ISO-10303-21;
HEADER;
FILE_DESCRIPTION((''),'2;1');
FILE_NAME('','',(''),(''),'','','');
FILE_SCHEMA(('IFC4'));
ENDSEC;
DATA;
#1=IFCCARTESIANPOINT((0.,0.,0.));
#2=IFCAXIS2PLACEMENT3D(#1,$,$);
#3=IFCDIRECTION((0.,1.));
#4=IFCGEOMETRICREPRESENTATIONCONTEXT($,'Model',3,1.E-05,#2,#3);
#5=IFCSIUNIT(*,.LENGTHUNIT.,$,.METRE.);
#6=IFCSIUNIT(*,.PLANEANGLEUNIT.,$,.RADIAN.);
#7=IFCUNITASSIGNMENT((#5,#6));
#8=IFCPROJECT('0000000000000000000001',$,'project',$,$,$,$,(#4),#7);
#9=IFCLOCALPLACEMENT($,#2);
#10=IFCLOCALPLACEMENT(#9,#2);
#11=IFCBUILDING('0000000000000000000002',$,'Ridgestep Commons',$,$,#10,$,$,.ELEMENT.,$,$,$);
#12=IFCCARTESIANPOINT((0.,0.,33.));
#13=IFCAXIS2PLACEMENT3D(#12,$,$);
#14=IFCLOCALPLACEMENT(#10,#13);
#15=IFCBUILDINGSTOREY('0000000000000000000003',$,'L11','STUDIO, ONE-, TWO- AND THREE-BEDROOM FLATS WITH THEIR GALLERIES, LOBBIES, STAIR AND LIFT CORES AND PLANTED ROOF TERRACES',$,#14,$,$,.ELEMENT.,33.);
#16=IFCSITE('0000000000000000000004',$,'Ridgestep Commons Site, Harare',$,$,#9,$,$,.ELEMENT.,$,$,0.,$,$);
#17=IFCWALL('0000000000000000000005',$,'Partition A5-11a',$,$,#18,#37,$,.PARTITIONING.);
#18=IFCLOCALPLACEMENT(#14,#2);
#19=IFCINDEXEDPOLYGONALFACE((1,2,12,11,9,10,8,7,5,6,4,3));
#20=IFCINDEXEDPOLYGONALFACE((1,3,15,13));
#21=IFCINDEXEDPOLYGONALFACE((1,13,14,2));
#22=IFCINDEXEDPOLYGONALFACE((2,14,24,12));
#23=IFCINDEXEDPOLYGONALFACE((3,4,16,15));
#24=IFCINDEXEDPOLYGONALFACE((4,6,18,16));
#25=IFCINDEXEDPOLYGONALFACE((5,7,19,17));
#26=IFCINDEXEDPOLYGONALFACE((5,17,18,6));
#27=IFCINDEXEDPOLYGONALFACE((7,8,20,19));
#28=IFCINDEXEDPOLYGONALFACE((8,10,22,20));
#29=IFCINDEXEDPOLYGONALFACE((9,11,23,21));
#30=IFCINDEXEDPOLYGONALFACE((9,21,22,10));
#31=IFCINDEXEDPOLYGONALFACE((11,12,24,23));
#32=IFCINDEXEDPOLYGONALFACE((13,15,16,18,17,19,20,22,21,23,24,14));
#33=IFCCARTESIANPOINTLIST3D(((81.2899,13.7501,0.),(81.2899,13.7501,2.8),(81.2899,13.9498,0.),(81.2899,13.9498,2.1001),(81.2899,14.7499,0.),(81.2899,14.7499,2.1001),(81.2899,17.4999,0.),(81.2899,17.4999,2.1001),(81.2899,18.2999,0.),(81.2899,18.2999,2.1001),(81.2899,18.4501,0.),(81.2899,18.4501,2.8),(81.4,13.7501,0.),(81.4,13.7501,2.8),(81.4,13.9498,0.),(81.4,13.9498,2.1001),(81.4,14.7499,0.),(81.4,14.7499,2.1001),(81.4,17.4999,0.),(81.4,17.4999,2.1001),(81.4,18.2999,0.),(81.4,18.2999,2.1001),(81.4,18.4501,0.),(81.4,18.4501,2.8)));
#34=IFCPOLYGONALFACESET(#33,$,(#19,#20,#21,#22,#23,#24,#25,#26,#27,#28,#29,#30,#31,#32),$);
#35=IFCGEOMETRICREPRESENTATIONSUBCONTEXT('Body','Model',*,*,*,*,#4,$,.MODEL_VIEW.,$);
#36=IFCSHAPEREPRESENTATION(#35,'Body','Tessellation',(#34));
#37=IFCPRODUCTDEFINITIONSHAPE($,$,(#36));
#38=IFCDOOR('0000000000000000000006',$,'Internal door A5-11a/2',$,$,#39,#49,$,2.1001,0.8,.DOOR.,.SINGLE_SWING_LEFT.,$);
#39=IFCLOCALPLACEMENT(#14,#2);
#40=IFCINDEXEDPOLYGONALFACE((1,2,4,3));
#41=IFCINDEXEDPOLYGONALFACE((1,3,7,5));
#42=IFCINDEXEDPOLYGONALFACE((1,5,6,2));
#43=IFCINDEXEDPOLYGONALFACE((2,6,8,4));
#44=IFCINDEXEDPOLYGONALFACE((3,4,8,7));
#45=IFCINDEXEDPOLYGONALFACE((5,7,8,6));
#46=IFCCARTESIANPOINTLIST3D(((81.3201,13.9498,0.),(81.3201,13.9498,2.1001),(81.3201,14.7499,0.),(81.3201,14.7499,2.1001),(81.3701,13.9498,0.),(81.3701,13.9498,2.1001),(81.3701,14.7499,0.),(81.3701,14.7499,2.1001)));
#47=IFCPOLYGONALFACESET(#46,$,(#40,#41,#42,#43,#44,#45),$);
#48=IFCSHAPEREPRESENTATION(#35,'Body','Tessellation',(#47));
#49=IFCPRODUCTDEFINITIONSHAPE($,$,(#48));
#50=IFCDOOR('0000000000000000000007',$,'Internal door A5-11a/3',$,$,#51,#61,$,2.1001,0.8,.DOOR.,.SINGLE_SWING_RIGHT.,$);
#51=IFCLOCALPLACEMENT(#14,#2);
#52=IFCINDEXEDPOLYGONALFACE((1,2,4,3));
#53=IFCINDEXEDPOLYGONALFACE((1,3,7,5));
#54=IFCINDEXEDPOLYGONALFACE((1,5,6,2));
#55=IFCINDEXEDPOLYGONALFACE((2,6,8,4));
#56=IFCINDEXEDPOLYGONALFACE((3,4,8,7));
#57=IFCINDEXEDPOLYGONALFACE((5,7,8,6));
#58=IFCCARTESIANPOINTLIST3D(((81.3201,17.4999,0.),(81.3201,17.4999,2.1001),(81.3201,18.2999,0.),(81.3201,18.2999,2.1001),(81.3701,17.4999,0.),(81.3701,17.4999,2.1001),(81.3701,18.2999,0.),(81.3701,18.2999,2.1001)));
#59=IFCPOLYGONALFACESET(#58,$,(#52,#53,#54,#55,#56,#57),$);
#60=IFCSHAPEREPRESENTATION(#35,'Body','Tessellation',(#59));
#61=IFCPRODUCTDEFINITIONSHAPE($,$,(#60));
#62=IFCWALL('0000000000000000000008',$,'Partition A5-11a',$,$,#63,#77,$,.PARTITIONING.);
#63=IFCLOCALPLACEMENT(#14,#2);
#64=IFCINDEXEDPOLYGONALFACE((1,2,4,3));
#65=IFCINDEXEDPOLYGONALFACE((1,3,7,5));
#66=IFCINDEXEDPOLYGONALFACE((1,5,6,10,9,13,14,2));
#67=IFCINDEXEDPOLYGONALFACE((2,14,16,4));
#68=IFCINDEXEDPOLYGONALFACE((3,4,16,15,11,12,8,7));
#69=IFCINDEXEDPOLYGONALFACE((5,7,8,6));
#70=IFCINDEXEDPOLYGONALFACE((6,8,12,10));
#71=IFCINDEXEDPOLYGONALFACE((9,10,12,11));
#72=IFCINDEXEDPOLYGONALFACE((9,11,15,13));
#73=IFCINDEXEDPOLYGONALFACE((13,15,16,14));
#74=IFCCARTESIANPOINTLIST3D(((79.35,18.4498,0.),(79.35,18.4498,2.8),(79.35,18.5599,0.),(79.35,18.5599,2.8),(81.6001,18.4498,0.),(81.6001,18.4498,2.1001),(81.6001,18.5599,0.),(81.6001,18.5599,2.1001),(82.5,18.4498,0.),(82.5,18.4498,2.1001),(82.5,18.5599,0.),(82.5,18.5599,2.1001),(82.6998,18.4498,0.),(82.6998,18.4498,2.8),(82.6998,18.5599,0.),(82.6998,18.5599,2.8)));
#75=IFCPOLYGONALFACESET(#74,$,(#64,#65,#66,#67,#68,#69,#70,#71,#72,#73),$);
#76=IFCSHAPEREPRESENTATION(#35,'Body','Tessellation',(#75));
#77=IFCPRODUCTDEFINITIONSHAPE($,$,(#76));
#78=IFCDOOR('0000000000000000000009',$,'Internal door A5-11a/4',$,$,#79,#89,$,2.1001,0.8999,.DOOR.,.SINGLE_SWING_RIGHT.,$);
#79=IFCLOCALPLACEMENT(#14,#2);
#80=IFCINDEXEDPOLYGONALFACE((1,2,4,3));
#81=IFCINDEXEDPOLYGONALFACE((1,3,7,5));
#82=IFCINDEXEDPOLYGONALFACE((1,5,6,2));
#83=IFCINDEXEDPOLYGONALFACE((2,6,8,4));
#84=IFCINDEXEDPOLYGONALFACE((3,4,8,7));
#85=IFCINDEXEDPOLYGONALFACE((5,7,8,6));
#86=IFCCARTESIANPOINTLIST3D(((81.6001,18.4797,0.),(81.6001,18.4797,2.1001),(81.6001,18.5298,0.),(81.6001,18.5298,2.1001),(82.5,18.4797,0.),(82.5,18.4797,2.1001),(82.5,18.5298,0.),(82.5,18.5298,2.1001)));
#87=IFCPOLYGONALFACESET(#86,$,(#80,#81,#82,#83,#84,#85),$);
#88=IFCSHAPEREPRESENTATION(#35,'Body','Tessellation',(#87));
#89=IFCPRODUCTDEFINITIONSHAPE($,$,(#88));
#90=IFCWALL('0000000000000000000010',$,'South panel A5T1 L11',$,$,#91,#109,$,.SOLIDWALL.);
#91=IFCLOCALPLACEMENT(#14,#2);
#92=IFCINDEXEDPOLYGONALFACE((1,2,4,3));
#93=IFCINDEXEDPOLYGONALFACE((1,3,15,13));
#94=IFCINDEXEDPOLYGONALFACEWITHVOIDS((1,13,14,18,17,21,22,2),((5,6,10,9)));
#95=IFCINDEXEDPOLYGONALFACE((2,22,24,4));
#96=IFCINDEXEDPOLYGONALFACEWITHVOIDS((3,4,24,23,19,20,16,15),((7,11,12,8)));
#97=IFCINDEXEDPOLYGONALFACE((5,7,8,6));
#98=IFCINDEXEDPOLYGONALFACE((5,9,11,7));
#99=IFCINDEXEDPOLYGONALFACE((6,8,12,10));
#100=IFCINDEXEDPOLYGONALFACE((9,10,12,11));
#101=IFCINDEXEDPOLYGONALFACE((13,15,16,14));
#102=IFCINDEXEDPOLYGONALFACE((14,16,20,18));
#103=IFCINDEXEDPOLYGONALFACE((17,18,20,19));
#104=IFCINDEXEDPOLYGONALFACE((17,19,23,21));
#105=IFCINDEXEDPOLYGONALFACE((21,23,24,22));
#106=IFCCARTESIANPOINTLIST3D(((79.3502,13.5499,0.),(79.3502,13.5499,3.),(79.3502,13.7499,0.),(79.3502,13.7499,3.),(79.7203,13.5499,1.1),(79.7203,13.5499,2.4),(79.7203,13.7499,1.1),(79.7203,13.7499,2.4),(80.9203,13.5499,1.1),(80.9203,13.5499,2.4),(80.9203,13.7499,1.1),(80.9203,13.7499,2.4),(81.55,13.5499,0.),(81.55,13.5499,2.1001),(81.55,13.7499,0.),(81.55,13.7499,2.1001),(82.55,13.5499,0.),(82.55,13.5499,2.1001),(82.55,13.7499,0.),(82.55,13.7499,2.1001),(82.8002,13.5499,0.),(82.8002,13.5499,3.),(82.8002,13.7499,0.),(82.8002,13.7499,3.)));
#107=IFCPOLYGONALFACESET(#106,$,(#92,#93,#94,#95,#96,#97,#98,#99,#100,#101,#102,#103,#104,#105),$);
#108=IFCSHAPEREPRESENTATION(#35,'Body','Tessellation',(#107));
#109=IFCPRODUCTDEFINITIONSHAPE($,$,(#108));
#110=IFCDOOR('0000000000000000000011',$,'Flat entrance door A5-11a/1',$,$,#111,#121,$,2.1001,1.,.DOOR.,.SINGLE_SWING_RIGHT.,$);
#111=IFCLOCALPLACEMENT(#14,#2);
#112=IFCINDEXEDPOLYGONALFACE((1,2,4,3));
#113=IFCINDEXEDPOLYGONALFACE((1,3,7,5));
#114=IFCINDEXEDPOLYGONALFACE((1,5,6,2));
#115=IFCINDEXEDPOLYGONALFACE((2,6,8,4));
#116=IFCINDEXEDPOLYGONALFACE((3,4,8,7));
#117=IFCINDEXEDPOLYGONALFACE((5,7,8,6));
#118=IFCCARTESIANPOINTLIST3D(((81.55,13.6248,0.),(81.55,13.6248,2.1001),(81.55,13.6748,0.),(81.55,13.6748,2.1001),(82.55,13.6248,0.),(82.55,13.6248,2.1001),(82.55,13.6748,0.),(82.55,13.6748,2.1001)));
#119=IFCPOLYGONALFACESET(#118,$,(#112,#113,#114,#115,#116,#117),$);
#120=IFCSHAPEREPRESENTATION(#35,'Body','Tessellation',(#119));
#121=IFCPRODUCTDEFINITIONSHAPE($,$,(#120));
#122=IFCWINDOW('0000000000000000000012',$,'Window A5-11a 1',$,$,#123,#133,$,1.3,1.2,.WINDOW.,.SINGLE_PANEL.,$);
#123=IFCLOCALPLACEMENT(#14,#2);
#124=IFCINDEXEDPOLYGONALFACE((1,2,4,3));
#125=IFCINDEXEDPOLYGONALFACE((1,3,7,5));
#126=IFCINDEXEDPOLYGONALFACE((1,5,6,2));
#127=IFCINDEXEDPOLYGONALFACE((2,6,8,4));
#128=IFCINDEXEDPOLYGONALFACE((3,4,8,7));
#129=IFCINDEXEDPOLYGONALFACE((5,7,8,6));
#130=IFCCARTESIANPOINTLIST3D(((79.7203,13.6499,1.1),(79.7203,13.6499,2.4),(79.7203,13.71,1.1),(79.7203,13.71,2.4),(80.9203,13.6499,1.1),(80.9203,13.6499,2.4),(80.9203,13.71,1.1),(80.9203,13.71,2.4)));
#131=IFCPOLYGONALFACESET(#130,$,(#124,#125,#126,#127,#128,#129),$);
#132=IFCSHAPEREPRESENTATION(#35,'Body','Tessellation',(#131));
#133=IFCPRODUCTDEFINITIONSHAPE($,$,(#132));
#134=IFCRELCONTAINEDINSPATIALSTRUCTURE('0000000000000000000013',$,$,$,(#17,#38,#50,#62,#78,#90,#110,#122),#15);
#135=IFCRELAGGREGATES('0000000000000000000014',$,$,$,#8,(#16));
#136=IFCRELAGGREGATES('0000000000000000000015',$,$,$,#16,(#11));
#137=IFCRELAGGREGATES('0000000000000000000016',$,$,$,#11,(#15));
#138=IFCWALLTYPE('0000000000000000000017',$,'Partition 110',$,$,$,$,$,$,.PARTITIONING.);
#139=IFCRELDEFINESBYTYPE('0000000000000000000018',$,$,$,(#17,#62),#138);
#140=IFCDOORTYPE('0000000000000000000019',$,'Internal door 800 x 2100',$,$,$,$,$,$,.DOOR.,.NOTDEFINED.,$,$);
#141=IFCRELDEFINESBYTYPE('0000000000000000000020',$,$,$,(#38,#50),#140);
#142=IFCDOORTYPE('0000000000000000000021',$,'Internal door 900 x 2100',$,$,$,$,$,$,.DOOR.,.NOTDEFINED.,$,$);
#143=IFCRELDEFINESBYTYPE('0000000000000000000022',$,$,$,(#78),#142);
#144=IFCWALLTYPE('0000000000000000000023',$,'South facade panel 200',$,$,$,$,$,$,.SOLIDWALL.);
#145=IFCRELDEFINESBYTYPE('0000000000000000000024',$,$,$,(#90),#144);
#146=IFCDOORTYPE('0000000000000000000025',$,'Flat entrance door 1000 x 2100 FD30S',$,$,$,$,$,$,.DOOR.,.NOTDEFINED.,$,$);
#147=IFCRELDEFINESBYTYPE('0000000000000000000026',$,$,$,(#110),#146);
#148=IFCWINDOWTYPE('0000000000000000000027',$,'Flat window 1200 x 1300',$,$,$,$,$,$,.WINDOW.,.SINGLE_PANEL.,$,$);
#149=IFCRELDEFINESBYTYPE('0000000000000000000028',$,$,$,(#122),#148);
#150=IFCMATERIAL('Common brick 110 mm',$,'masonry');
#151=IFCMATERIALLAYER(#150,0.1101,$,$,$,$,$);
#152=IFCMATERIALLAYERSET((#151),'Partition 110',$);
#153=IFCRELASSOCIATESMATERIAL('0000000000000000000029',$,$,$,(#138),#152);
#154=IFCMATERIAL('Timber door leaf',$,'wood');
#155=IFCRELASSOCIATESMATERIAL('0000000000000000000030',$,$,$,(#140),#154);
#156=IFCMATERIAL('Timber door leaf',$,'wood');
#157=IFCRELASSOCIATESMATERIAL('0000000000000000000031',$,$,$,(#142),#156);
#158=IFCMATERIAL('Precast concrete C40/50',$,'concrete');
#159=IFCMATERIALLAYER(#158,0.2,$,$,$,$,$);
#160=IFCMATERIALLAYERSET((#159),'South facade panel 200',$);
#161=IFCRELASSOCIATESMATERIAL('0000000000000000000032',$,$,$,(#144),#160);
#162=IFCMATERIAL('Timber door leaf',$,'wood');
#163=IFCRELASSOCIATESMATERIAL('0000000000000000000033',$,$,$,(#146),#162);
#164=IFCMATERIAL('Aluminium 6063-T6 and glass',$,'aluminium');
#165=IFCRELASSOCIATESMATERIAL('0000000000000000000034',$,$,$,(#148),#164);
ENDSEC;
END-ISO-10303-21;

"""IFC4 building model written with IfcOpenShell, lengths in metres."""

from ifc_helpers import new_model, si_unit, direction, frame, frame_2d, origin, place, context, subcontext, project, spatial, rectangle, extrude, material, layer, layer_set, type_object, element, fill, save


model = new_model("IFC4")

# Units and contexts
model_context = context("Model", 3, precision=1e-05, world=origin(), true_north=direction((0.0, 1.0)))
body_context = subcontext(model_context, "Body", "Model", "MODEL_VIEW")
ifc_project = project(units=[si_unit("LENGTHUNIT", "METRE"), si_unit("PLANEANGLEUNIT", "RADIAN")], contexts=[model_context])

# Site, building, storey
site_placement = place(None, origin())
site = spatial("IfcSite", under=ifc_project, at=site_placement, Name="Ridgestep Commons Site, Harare", CompositionType="ELEMENT", RefElevation=0.0)
building_placement = place(site_placement, origin())
building = spatial("IfcBuilding", under=site, at=building_placement, Name="Ridgestep Commons", CompositionType="ELEMENT")
storey_placement = place(building_placement, frame((0.0, 0.0, 33.0)))
storey = spatial("IfcBuildingStorey", under=building, at=storey_placement, Name="L11", Description="STUDIO, ONE-, TWO- AND THREE-BEDROOM FLATS WITH THEIR GALLERIES, LOBBIES, STAIR AND LIFT CORES AND PLANTED ROOF TERRACES", CompositionType="ELEMENT", Elevation=33.0)

# Shared definitions
ifc_material_1 = material(Name="Common brick 110 mm", Category="masonry")
ifc_layer_1 = layer(ifc_material_1, 0.1101)
ifc_layer_set_1 = layer_set([ifc_layer_1], Name="Partition 110")
wall_type_1 = type_object("IfcWallType", Name="Partition 110", PredefinedType="PARTITIONING", material=ifc_layer_set_1)

# Wall, openings, doors
wall_1_placement = place(storey_placement, frame((81.345, 13.75, 0.0), z_axis=(0.0, 0.0, 1.0), x_axis=(0.0, 1.0, 0.0)))
wall_1 = element("IfcWall", 1, at=wall_1_placement, inside=storey, type_object=wall_type_1, Name="Partition A5-11a", PredefinedType="PARTITIONING", context=body_context, shape_type="SweptSolid", body=[
    extrude(rectangle(XDim=4.7, YDim=0.1101, at=frame_2d((2.3501, 0.0))), origin(), (0.0, 0.0, 1.0), 2.8),
])
opening_1_placement = place(wall_1_placement, frame((0.2, 0.0, 0.0)))
opening_1 = element("IfcOpeningElement", 2, at=opening_1_placement, cuts=wall_1, PredefinedType="OPENING", context=body_context, shape_type="SweptSolid", body=[
    extrude(rectangle(XDim=0.8, YDim=2.1001, at=frame_2d((0.3999, 1.05))), frame((0.0, 0.0649, 0.0), z_axis=(0.0, -1.0, 0.0), x_axis=(1.0, 0.0, 0.0)), (0.0, 0.0, 1.0), 0.1301),
])
opening_2_placement = place(wall_1_placement, frame((3.75, 0.0, 0.0)))
opening_2 = element("IfcOpeningElement", 3, at=opening_2_placement, cuts=wall_1, PredefinedType="OPENING", context=body_context, shape_type="SweptSolid", body=[
    extrude(rectangle(XDim=0.8, YDim=2.1001, at=frame_2d((0.3999, 1.05))), frame((0.0, 0.0649, 0.0), z_axis=(0.0, -1.0, 0.0), x_axis=(1.0, 0.0, 0.0)), (0.0, 0.0, 1.0), 0.1301),
])
ifc_material_2 = material(Name="Timber door leaf", Category="wood")
door_type_1 = type_object("IfcDoorType", Name="Internal door 800 x 2100", OperationType="NOTDEFINED", PredefinedType="DOOR", material=ifc_material_2)
door_1_placement = place(opening_1_placement, origin())
door_1 = element("IfcDoor", 4, at=door_1_placement, inside=storey, type_object=door_type_1, Name="Internal door A5-11a/2", OperationType="SINGLE_SWING_LEFT", OverallHeight=2.1001, OverallWidth=0.8, PredefinedType="DOOR", context=body_context, shape_type="SweptSolid", body=[
    extrude(rectangle(XDim=0.8, YDim=2.1001, at=frame_2d((0.3999, 1.05))), frame((0.0, 0.0249, 0.0), z_axis=(0.0, -1.0, 0.0), x_axis=(1.0, 0.0, 0.0)), (0.0, 0.0, 1.0), 0.05),
])
fill(opening_1, door_1)
door_2_placement = place(opening_2_placement, origin())
door_2 = element("IfcDoor", 5, at=door_2_placement, inside=storey, type_object=door_type_1, Name="Internal door A5-11a/3", OperationType="SINGLE_SWING_RIGHT", OverallHeight=2.1001, OverallWidth=0.8, PredefinedType="DOOR", context=body_context, shape_type="SweptSolid", body=[
    extrude(rectangle(XDim=0.8, YDim=2.1001, at=frame_2d((0.3999, 1.05))), frame((0.0, 0.0249, 0.0), z_axis=(0.0, -1.0, 0.0), x_axis=(1.0, 0.0, 0.0)), (0.0, 0.0, 1.0), 0.05),
])
fill(opening_2, door_2)

# Wall, opening, door
wall_2_placement = place(storey_placement, frame((79.3501, 18.5049, 0.0), z_axis=(0.0, 0.0, 1.0), x_axis=(1.0, 0.0, 0.0)))
wall_2 = element("IfcWall", 6, at=wall_2_placement, inside=storey, type_object=wall_type_1, Name="Partition A5-11a", PredefinedType="PARTITIONING", context=body_context, shape_type="SweptSolid", body=[
    extrude(rectangle(XDim=3.3499, YDim=0.1101, at=frame_2d((1.6748, 0.0))), origin(), (0.0, 0.0, 1.0), 2.8),
])
opening_3_placement = place(wall_2_placement, frame((2.25, 0.0, 0.0)))
opening_3 = element("IfcOpeningElement", 7, at=opening_3_placement, cuts=wall_2, PredefinedType="OPENING", context=body_context, shape_type="SweptSolid", body=[
    extrude(rectangle(XDim=0.8999, YDim=2.1001, at=frame_2d((0.45, 1.05))), frame((0.0, 0.0649, 0.0), z_axis=(0.0, -1.0, 0.0), x_axis=(1.0, 0.0, 0.0)), (0.0, 0.0, 1.0), 0.1301),
])
ifc_material_3 = material(Name="Timber door leaf", Category="wood")
door_type_2 = type_object("IfcDoorType", Name="Internal door 900 x 2100", OperationType="NOTDEFINED", PredefinedType="DOOR", material=ifc_material_3)
door_3_placement = place(opening_3_placement, origin())
door_3 = element("IfcDoor", 8, at=door_3_placement, inside=storey, type_object=door_type_2, Name="Internal door A5-11a/4", OperationType="SINGLE_SWING_RIGHT", OverallHeight=2.1001, OverallWidth=0.8999, PredefinedType="DOOR", context=body_context, shape_type="SweptSolid", body=[
    extrude(rectangle(XDim=0.8999, YDim=2.1001, at=frame_2d((0.45, 1.05))), frame((0.0, 0.0249, 0.0), z_axis=(0.0, -1.0, 0.0), x_axis=(1.0, 0.0, 0.0)), (0.0, 0.0, 1.0), 0.05),
])
fill(opening_3, door_3)

# Wall, openings, door, window
ifc_material_4 = material(Name="Precast concrete C40/50", Category="concrete")
ifc_layer_2 = layer(ifc_material_4, 0.2)
ifc_layer_set_2 = layer_set([ifc_layer_2], Name="South facade panel 200")
wall_type_2 = type_object("IfcWallType", Name="South facade panel 200", PredefinedType="SOLIDWALL", material=ifc_layer_set_2)
wall_3_placement = place(storey_placement, frame((79.3501, 13.6499, 0.0), z_axis=(0.0, 0.0, 1.0), x_axis=(1.0, 0.0, 0.0)))
wall_3 = element("IfcWall", 9, at=wall_3_placement, inside=storey, type_object=wall_type_2, Name="South panel A5T1 L11", PredefinedType="SOLIDWALL", context=body_context, shape_type="SweptSolid", body=[
    extrude(rectangle(XDim=3.45, YDim=0.2, at=frame_2d((1.7251, 0.0))), origin(), (0.0, 0.0, 1.0), 3.0),
])
opening_4_placement = place(wall_3_placement, frame((0.3701, 0.0, 1.1001)))
opening_4 = element("IfcOpeningElement", 10, at=opening_4_placement, cuts=wall_3, PredefinedType="OPENING", context=body_context, shape_type="SweptSolid", body=[
    extrude(rectangle(XDim=1.2, YDim=1.3, at=frame_2d((0.6001, 0.6499))), frame((0.0, 0.1099, 0.0), z_axis=(0.0, -1.0, 0.0), x_axis=(1.0, 0.0, 0.0)), (0.0, 0.0, 1.0), 0.22),
])
opening_5_placement = place(wall_3_placement, frame((2.2, 0.0, 0.0)))
opening_5 = element("IfcOpeningElement", 11, at=opening_5_placement, cuts=wall_3, PredefinedType="OPENING", context=body_context, shape_type="SweptSolid", body=[
    extrude(rectangle(XDim=1.0, YDim=2.1001, at=frame_2d((0.5, 1.05))), frame((0.0, 0.1099, 0.0), z_axis=(0.0, -1.0, 0.0), x_axis=(1.0, 0.0, 0.0)), (0.0, 0.0, 1.0), 0.22),
])
ifc_material_5 = material(Name="Timber door leaf", Category="wood")
door_type_3 = type_object("IfcDoorType", Name="Flat entrance door 1000 x 2100 FD30S", OperationType="NOTDEFINED", PredefinedType="DOOR", material=ifc_material_5)
door_4_placement = place(opening_5_placement, origin())
door_4 = element("IfcDoor", 12, at=door_4_placement, inside=storey, type_object=door_type_3, Name="Flat entrance door A5-11a/1", OperationType="SINGLE_SWING_RIGHT", OverallHeight=2.1001, OverallWidth=1.0, PredefinedType="DOOR", context=body_context, shape_type="SweptSolid", body=[
    extrude(rectangle(XDim=1.0, YDim=2.1001, at=frame_2d((0.5, 1.05))), frame((0.0, 0.0249, 0.0), z_axis=(0.0, -1.0, 0.0), x_axis=(1.0, 0.0, 0.0)), (0.0, 0.0, 1.0), 0.05),
])
fill(opening_5, door_4)
ifc_material_6 = material(Name="Aluminium 6063-T6 and glass", Category="aluminium")
window_type = type_object("IfcWindowType", Name="Flat window 1200 x 1300", PartitioningType="SINGLE_PANEL", PredefinedType="WINDOW", material=ifc_material_6)
window_placement = place(opening_4_placement, origin())
window = element("IfcWindow", 13, at=window_placement, inside=storey, type_object=window_type, Name="Window A5-11a 1", OverallHeight=1.3, OverallWidth=1.2, PartitioningType="SINGLE_PANEL", PredefinedType="WINDOW", context=body_context, shape_type="SweptSolid", body=[
    extrude(rectangle(XDim=1.2, YDim=1.3, at=frame_2d((0.6001, 0.6499))), frame((0.0, 0.0601, 0.0), z_axis=(0.0, -1.0, 0.0), x_axis=(1.0, 0.0, 0.0)), (0.0, 0.0, 1.0), 0.0601),
])
fill(opening_4, window)

save(model, "model.ifc")
